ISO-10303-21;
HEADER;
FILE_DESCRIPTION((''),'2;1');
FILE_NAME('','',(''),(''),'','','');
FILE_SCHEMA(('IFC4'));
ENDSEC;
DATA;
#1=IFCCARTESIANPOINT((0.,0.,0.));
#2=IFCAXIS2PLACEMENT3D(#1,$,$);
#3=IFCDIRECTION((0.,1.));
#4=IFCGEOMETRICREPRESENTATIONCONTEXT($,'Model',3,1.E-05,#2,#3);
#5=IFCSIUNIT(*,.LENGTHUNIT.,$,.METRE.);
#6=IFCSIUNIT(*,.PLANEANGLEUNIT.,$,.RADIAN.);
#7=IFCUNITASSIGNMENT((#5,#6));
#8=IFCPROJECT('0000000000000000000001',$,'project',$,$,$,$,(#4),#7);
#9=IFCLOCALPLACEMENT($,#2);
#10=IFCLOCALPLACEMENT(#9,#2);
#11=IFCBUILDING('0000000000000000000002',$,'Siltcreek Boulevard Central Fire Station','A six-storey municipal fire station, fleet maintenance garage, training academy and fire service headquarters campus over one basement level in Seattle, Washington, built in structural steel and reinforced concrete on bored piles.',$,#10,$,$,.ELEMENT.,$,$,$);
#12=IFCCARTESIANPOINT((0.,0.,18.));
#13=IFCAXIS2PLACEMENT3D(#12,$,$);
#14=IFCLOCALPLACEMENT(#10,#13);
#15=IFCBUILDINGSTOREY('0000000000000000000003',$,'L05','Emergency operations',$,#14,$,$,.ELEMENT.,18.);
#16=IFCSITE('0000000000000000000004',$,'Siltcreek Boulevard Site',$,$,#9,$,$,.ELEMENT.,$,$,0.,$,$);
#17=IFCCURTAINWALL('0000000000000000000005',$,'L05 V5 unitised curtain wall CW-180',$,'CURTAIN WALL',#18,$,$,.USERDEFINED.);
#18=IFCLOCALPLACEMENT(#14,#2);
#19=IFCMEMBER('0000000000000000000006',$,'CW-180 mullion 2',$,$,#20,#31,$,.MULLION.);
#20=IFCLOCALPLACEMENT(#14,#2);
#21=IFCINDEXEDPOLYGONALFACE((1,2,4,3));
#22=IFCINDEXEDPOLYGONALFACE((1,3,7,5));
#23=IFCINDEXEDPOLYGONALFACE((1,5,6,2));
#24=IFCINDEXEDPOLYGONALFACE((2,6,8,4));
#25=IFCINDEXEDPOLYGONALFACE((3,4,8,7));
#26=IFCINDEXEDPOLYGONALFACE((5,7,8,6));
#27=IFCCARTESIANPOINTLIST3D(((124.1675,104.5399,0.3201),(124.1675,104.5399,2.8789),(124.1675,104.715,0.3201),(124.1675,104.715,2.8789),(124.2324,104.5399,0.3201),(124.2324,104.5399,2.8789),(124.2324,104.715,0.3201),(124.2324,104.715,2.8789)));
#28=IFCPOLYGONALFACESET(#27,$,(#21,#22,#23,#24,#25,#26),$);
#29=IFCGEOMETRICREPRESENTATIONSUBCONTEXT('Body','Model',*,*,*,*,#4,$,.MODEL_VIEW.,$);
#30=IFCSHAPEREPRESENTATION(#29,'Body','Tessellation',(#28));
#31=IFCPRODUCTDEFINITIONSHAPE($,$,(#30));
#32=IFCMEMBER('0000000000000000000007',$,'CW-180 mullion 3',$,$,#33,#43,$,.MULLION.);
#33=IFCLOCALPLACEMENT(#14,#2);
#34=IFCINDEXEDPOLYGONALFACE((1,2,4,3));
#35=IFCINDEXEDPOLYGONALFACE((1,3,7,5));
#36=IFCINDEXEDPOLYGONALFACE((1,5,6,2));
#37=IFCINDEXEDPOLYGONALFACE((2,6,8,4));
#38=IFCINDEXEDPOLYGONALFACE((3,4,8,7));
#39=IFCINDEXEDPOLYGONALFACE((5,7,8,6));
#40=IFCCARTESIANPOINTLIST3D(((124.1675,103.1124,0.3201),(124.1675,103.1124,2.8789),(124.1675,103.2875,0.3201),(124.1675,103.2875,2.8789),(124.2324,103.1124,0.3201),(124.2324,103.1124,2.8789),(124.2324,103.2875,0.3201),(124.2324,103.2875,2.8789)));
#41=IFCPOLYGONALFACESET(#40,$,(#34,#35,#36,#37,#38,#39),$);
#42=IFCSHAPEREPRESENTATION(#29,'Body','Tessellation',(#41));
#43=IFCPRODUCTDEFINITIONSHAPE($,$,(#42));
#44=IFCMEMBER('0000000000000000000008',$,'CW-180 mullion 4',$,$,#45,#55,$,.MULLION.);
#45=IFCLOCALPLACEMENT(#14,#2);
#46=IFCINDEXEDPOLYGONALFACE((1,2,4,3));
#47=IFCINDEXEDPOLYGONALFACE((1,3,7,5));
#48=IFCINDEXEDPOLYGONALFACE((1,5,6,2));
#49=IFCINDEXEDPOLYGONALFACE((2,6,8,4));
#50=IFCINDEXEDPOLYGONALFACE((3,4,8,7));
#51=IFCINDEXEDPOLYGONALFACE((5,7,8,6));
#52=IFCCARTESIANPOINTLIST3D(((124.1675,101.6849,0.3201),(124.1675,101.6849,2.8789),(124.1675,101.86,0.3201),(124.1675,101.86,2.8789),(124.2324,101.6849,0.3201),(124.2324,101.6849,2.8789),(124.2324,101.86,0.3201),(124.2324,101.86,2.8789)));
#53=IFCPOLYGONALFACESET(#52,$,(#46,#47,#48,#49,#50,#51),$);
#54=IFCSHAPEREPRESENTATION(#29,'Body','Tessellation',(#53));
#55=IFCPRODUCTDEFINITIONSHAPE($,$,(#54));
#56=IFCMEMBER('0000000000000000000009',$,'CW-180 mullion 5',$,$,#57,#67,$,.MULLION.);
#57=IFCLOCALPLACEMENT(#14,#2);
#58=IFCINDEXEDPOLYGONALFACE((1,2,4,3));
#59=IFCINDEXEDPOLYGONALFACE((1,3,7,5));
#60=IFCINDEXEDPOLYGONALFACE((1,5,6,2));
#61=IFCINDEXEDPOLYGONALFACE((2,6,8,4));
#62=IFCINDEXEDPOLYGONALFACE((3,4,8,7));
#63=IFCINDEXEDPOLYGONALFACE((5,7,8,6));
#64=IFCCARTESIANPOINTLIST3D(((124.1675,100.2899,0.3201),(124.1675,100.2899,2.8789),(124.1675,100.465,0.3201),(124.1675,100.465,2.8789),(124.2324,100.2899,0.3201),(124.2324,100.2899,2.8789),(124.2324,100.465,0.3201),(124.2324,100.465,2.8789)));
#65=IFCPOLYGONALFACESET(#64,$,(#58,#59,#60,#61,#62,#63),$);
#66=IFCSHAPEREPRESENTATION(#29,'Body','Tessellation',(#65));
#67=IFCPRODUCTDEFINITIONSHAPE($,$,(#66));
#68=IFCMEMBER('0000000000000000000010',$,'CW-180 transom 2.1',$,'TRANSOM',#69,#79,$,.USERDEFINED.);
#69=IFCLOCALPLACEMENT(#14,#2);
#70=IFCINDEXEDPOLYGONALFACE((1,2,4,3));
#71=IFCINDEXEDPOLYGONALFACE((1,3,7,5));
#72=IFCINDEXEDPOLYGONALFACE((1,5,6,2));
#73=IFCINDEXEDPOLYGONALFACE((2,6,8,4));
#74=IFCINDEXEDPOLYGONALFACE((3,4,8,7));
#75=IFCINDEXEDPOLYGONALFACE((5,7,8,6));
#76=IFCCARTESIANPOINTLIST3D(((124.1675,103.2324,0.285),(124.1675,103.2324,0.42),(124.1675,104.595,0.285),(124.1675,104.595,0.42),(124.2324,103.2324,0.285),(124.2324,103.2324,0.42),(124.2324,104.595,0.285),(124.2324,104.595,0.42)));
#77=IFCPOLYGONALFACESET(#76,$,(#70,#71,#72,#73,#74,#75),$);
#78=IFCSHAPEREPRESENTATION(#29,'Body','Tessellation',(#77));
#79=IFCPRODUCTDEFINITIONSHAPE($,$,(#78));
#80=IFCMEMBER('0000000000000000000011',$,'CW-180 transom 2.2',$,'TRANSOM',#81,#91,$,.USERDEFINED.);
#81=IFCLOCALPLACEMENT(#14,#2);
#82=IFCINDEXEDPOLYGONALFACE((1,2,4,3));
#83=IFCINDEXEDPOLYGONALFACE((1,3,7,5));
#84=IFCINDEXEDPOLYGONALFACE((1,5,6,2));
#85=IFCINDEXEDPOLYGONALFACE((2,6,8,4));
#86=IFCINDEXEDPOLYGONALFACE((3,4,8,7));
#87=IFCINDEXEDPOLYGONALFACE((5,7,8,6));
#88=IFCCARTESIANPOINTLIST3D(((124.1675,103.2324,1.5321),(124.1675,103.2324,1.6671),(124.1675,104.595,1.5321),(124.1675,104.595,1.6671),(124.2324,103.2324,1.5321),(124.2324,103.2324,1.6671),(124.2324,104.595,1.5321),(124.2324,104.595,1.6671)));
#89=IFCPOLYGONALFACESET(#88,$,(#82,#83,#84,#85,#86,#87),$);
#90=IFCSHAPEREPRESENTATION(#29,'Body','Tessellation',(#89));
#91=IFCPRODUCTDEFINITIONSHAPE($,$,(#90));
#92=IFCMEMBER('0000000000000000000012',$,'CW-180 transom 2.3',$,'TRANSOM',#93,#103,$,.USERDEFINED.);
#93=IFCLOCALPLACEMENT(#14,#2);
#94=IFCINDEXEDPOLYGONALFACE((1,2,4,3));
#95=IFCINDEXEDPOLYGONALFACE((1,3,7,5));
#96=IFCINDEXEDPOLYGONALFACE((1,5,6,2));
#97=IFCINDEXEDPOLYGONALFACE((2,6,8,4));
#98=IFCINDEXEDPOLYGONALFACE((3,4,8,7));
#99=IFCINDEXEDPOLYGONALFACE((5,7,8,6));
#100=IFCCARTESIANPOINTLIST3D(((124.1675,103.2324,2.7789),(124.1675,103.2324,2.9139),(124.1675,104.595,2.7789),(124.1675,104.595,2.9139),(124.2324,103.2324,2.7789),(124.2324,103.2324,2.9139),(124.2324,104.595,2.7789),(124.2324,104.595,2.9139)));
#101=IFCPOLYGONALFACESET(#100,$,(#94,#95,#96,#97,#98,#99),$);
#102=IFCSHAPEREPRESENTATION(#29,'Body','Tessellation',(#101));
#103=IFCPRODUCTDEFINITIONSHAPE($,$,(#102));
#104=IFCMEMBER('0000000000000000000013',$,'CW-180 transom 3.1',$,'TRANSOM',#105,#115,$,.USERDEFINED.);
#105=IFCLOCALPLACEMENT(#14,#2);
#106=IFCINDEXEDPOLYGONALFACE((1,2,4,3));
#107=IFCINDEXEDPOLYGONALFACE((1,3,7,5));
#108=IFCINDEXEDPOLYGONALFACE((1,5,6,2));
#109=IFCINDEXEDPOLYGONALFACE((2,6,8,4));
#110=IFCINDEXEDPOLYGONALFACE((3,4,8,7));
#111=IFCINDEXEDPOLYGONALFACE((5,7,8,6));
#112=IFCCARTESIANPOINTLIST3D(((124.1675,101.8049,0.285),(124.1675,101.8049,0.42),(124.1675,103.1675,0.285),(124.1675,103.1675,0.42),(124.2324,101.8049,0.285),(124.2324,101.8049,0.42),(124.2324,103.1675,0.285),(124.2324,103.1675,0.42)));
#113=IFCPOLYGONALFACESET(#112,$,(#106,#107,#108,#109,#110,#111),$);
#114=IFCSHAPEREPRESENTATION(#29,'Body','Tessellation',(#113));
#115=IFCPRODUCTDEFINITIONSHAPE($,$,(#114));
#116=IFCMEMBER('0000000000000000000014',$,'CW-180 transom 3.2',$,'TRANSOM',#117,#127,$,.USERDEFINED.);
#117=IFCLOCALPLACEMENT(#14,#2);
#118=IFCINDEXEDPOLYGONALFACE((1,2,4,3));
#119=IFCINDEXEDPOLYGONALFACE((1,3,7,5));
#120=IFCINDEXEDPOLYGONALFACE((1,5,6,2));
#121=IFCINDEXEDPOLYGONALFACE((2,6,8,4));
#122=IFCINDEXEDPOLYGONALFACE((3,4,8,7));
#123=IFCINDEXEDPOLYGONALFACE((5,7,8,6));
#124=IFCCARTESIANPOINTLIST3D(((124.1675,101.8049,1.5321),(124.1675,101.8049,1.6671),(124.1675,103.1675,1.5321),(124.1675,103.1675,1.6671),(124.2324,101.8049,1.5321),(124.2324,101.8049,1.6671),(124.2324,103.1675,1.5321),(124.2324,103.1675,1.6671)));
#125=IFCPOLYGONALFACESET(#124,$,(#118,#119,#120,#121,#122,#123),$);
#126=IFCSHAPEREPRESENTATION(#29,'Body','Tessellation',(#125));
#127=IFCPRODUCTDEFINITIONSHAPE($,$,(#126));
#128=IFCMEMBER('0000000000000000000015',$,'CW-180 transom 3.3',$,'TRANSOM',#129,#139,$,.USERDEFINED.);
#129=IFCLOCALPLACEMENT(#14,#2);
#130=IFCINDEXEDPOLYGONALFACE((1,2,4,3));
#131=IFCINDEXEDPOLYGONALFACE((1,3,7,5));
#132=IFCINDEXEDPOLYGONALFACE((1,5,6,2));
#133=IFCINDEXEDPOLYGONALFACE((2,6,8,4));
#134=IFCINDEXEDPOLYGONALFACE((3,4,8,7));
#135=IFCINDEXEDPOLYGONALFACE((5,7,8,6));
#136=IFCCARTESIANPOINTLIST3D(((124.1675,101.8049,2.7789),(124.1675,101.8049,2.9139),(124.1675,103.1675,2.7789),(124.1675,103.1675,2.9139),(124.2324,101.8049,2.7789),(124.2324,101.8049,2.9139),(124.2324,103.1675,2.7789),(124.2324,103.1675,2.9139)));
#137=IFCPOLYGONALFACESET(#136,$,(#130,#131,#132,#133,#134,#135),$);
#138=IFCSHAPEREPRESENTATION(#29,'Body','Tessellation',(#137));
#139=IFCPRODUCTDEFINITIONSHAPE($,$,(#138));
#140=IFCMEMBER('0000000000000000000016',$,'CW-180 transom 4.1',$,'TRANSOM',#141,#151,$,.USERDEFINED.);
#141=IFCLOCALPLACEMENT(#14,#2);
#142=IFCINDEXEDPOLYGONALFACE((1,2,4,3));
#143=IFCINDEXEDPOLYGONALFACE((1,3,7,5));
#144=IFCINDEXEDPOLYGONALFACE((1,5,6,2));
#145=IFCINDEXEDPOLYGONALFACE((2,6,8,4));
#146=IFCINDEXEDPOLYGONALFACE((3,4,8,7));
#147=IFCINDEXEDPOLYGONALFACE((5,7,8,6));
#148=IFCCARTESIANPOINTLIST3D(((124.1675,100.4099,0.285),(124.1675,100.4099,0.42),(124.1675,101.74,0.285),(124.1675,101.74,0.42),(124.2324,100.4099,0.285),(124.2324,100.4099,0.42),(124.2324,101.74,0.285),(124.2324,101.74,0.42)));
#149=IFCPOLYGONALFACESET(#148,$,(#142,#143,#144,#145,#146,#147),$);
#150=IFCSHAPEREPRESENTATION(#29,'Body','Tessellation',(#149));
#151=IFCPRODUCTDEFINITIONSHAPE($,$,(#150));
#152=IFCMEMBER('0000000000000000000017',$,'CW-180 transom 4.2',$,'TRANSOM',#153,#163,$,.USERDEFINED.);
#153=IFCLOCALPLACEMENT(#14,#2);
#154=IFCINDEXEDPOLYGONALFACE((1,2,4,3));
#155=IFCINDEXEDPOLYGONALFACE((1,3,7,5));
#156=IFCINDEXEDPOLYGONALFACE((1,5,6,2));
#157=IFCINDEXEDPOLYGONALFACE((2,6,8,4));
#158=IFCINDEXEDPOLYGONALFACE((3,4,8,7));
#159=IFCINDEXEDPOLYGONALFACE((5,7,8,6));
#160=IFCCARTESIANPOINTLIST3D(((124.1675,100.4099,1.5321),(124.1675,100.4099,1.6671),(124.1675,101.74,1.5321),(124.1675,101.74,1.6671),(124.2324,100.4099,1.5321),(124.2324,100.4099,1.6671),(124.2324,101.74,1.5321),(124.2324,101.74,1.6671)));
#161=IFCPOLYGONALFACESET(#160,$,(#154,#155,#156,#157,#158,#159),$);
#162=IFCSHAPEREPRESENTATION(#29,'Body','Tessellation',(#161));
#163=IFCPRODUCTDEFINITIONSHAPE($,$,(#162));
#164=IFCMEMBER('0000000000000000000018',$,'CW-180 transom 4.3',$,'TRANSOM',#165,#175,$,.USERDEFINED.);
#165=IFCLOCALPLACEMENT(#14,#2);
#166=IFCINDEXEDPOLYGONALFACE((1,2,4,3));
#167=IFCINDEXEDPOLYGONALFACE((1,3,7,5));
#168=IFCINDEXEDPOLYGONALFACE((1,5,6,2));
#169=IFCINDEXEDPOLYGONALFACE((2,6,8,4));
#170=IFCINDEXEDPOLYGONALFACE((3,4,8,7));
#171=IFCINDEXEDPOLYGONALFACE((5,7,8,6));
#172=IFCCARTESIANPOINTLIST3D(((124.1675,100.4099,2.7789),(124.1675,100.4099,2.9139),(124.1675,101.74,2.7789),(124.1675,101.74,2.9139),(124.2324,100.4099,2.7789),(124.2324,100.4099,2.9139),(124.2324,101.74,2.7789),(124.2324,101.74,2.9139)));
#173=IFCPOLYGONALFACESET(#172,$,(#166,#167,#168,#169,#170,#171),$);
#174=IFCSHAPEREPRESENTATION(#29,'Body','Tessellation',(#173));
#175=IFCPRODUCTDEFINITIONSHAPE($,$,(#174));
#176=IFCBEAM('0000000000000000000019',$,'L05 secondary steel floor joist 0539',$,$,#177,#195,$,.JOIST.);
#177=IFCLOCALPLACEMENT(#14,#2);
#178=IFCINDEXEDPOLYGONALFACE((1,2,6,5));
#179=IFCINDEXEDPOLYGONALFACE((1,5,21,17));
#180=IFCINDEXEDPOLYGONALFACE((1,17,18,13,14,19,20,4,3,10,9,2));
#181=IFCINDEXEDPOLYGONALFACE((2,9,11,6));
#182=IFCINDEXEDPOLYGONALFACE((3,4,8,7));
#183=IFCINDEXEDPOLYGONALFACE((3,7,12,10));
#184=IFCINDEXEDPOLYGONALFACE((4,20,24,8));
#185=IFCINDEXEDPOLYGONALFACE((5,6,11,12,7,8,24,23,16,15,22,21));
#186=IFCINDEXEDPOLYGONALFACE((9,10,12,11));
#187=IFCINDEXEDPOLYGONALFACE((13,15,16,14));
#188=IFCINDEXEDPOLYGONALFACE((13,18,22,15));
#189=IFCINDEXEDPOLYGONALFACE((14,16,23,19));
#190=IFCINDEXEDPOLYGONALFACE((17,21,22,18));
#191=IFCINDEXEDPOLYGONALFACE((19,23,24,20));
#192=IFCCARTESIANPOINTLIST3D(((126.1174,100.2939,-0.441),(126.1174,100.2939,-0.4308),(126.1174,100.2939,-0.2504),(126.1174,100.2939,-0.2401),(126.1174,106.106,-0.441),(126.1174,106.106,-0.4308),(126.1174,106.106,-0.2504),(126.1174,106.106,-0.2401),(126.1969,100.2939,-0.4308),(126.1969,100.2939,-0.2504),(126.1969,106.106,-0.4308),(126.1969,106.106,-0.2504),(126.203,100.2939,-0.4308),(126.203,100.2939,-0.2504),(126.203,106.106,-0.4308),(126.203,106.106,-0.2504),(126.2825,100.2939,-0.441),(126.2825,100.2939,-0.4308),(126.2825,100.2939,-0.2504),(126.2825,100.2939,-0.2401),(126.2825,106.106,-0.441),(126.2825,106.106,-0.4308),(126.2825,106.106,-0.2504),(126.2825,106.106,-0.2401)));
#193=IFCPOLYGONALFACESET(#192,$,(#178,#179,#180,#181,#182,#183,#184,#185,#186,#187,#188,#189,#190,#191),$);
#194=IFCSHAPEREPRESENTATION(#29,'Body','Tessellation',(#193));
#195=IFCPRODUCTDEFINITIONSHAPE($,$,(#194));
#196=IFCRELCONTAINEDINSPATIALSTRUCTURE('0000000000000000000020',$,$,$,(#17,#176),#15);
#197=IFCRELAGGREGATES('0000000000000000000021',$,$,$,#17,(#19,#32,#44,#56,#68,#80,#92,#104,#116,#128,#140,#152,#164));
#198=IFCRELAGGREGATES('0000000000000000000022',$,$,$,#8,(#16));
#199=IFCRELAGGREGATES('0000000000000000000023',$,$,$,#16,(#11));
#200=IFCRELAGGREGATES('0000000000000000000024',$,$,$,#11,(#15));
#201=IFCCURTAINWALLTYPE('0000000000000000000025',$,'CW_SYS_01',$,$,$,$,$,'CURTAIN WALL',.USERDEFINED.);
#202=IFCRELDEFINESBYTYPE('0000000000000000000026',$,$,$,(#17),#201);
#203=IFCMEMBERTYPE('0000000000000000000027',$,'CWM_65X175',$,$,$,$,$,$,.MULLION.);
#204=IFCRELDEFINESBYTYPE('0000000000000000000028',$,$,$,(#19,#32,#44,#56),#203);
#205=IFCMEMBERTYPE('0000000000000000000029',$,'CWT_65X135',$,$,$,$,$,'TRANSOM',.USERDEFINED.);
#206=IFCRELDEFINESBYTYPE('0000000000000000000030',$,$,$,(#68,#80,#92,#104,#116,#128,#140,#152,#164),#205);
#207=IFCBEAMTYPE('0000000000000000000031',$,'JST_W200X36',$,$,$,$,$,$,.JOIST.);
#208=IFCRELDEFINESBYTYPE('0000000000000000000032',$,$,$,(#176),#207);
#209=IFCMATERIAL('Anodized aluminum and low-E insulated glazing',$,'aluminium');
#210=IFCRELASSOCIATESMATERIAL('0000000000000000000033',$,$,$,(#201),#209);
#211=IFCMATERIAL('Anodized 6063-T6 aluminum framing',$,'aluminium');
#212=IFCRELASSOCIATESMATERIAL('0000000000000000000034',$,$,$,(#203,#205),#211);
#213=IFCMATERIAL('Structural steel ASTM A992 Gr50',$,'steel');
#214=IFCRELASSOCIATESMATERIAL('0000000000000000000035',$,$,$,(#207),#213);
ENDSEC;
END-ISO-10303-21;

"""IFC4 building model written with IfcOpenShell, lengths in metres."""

from ifc_helpers import new_model, si_unit, direction, frame, origin, origin_2d, place, context, subcontext, project, spatial, rectangle, i_section, extrude, material, material_profile, profile_set, type_object, element, aggregate, save


model = new_model("IFC4")

# Units and contexts
model_context = context("Model", 3, precision=1e-05, world=origin(), true_north=direction((0.0, 1.0)))
body_context = subcontext(model_context, "Body", "Model", "MODEL_VIEW")
ifc_project = project(units=[si_unit("LENGTHUNIT", "METRE"), si_unit("PLANEANGLEUNIT", "RADIAN")], contexts=[model_context])

# Site, building, storey
site_placement = place(None, origin())
site = spatial("IfcSite", under=ifc_project, at=site_placement, Name="Siltcreek Boulevard Site", CompositionType="ELEMENT", RefElevation=0.0)
building_placement = place(site_placement, origin())
building = spatial("IfcBuilding", under=site, at=building_placement, Name="Siltcreek Boulevard Central Fire Station", Description="A six-storey municipal fire station, fleet maintenance garage, training academy and fire service headquarters campus over one basement level in Seattle, Washington, built in structural steel and reinforced concrete on bored piles.", CompositionType="ELEMENT")
storey_placement = place(building_placement, frame((0.0, 0.0, 18.0)))
storey = spatial("IfcBuildingStorey", under=building, at=storey_placement, Name="L05", Description="Emergency operations", CompositionType="ELEMENT", Elevation=18.0)

# Curtain wall, members
ifc_material_1 = material(Name="Anodized aluminum and low-E insulated glazing", Category="aluminium")
curtain_wall_type = type_object("IfcCurtainWallType", Name="CW_SYS_01", ElementType="CURTAIN WALL", PredefinedType="USERDEFINED", material=ifc_material_1)
curtain_wall_placement = place(storey_placement, origin())
curtain_wall = element("IfcCurtainWall", 1, at=curtain_wall_placement, inside=storey, type_object=curtain_wall_type, Name="L05 V5 unitised curtain wall CW-180", ObjectType="CURTAIN WALL", PredefinedType="USERDEFINED")
ifc_material_2 = material(Name="Anodized 6063-T6 aluminum framing", Category="aluminium")
ifc_material_profile_1 = material_profile(ifc_material_2, rectangle(XDim=0.0649, YDim=0.175, at=origin_2d()), Name="MULL65X175")
ifc_profile_set_1 = profile_set([ifc_material_profile_1], Name="Anodized 6063-T6 aluminum framing")
member_type_1 = type_object("IfcMemberType", Name="CWM_65X175", PredefinedType="MULLION", material=ifc_profile_set_1)
member_1_placement = place(storey_placement, frame((124.2, 104.6274, 0.3201), z_axis=(0.0, 0.0, 1.0), x_axis=(1.0, 0.0, 0.0)))
member_1 = element("IfcMember", 2, at=member_1_placement, type_object=member_type_1, Name="CW-180 mullion 2", PredefinedType="MULLION", context=body_context, shape_type="SweptSolid", body=[
    extrude(rectangle(XDim=0.0649, YDim=0.175, at=origin_2d()), origin(), (0.0, 0.0, 1.0), 2.5588),
])
member_2_placement = place(storey_placement, frame((124.2, 103.2, 0.3201), z_axis=(0.0, 0.0, 1.0), x_axis=(1.0, 0.0, 0.0)))
member_2 = element("IfcMember", 3, at=member_2_placement, type_object=member_type_1, Name="CW-180 mullion 3", PredefinedType="MULLION", context=body_context, shape_type="SweptSolid", body=[
    extrude(rectangle(XDim=0.0649, YDim=0.175, at=origin_2d()), origin(), (0.0, 0.0, 1.0), 2.5588),
])
member_3_placement = place(storey_placement, frame((124.2, 101.7725, 0.3201), z_axis=(0.0, 0.0, 1.0), x_axis=(1.0, 0.0, 0.0)))
member_3 = element("IfcMember", 4, at=member_3_placement, type_object=member_type_1, Name="CW-180 mullion 4", PredefinedType="MULLION", context=body_context, shape_type="SweptSolid", body=[
    extrude(rectangle(XDim=0.0649, YDim=0.175, at=origin_2d()), origin(), (0.0, 0.0, 1.0), 2.5588),
])
member_4_placement = place(storey_placement, frame((124.2, 100.3774, 0.3201), z_axis=(0.0, 0.0, 1.0), x_axis=(1.0, 0.0, 0.0)))
member_4 = element("IfcMember", 5, at=member_4_placement, type_object=member_type_1, Name="CW-180 mullion 5", PredefinedType="MULLION", context=body_context, shape_type="SweptSolid", body=[
    extrude(rectangle(XDim=0.0649, YDim=0.175, at=origin_2d()), origin(), (0.0, 0.0, 1.0), 2.5588),
])
ifc_material_profile_2 = material_profile(ifc_material_2, rectangle(XDim=0.0649, YDim=0.135, at=origin_2d()), Name="TRAN65X135")
ifc_profile_set_2 = profile_set([ifc_material_profile_2], Name="Anodized 6063-T6 aluminum framing")
member_type_2 = type_object("IfcMemberType", Name="CWT_65X135", ElementType="TRANSOM", PredefinedType="USERDEFINED", material=ifc_profile_set_2)
member_5_placement = place(storey_placement, frame((124.2, 104.595, 0.3525), z_axis=(0.0, -1.0, 0.0), x_axis=(1.0, 0.0, 0.0)))
member_5 = element("IfcMember", 6, at=member_5_placement, type_object=member_type_2, Name="CW-180 transom 2.1", ObjectType="TRANSOM", PredefinedType="USERDEFINED", context=body_context, shape_type="SweptSolid", body=[
    extrude(rectangle(XDim=0.0649, YDim=0.135, at=origin_2d()), origin(), (0.0, 0.0, 1.0), 1.3625),
])
member_6_placement = place(storey_placement, frame((124.2, 104.595, 1.5996), z_axis=(0.0, -1.0, 0.0), x_axis=(1.0, 0.0, 0.0)))
member_6 = element("IfcMember", 7, at=member_6_placement, type_object=member_type_2, Name="CW-180 transom 2.2", ObjectType="TRANSOM", PredefinedType="USERDEFINED", context=body_context, shape_type="SweptSolid", body=[
    extrude(rectangle(XDim=0.0649, YDim=0.135, at=origin_2d()), origin(), (0.0, 0.0, 1.0), 1.3625),
])
member_7_placement = place(storey_placement, frame((124.2, 104.595, 2.8464), z_axis=(0.0, -1.0, 0.0), x_axis=(1.0, 0.0, 0.0)))
member_7 = element("IfcMember", 8, at=member_7_placement, type_object=member_type_2, Name="CW-180 transom 2.3", ObjectType="TRANSOM", PredefinedType="USERDEFINED", context=body_context, shape_type="SweptSolid", body=[
    extrude(rectangle(XDim=0.0649, YDim=0.135, at=origin_2d()), origin(), (0.0, 0.0, 1.0), 1.3625),
])
member_8_placement = place(storey_placement, frame((124.2, 103.1675, 0.3525), z_axis=(0.0, -1.0, 0.0), x_axis=(1.0, 0.0, 0.0)))
member_8 = element("IfcMember", 9, at=member_8_placement, type_object=member_type_2, Name="CW-180 transom 3.1", ObjectType="TRANSOM", PredefinedType="USERDEFINED", context=body_context, shape_type="SweptSolid", body=[
    extrude(rectangle(XDim=0.0649, YDim=0.135, at=origin_2d()), origin(), (0.0, 0.0, 1.0), 1.3625),
])
member_9_placement = place(storey_placement, frame((124.2, 103.1675, 1.5996), z_axis=(0.0, -1.0, 0.0), x_axis=(1.0, 0.0, 0.0)))
member_9 = element("IfcMember", 10, at=member_9_placement, type_object=member_type_2, Name="CW-180 transom 3.2", ObjectType="TRANSOM", PredefinedType="USERDEFINED", context=body_context, shape_type="SweptSolid", body=[
    extrude(rectangle(XDim=0.0649, YDim=0.135, at=origin_2d()), origin(), (0.0, 0.0, 1.0), 1.3625),
])
member_10_placement = place(storey_placement, frame((124.2, 103.1675, 2.8464), z_axis=(0.0, -1.0, 0.0), x_axis=(1.0, 0.0, 0.0)))
member_10 = element("IfcMember", 11, at=member_10_placement, type_object=member_type_2, Name="CW-180 transom 3.3", ObjectType="TRANSOM", PredefinedType="USERDEFINED", context=body_context, shape_type="SweptSolid", body=[
    extrude(rectangle(XDim=0.0649, YDim=0.135, at=origin_2d()), origin(), (0.0, 0.0, 1.0), 1.3625),
])
member_11_placement = place(storey_placement, frame((124.2, 101.74, 0.3525), z_axis=(0.0, -1.0, 0.0), x_axis=(1.0, 0.0, 0.0)))
member_11 = element("IfcMember", 12, at=member_11_placement, type_object=member_type_2, Name="CW-180 transom 4.1", ObjectType="TRANSOM", PredefinedType="USERDEFINED", context=body_context, shape_type="SweptSolid", body=[
    extrude(rectangle(XDim=0.0649, YDim=0.135, at=origin_2d()), origin(), (0.0, 0.0, 1.0), 1.3301),
])
member_12_placement = place(storey_placement, frame((124.2, 101.74, 1.5996), z_axis=(0.0, -1.0, 0.0), x_axis=(1.0, 0.0, 0.0)))
member_12 = element("IfcMember", 13, at=member_12_placement, type_object=member_type_2, Name="CW-180 transom 4.2", ObjectType="TRANSOM", PredefinedType="USERDEFINED", context=body_context, shape_type="SweptSolid", body=[
    extrude(rectangle(XDim=0.0649, YDim=0.135, at=origin_2d()), origin(), (0.0, 0.0, 1.0), 1.3301),
])
member_13_placement = place(storey_placement, frame((124.2, 101.74, 2.8464), z_axis=(0.0, -1.0, 0.0), x_axis=(1.0, 0.0, 0.0)))
member_13 = element("IfcMember", 14, at=member_13_placement, type_object=member_type_2, Name="CW-180 transom 4.3", ObjectType="TRANSOM", PredefinedType="USERDEFINED", context=body_context, shape_type="SweptSolid", body=[
    extrude(rectangle(XDim=0.0649, YDim=0.135, at=origin_2d()), origin(), (0.0, 0.0, 1.0), 1.3301),
])

# Beam
ifc_material_3 = material(Name="Structural steel ASTM A992 Gr50", Category="steel")
ifc_material_profile_3 = material_profile(ifc_material_3, i_section(OverallWidth=0.165, OverallDepth=0.2009, WebThickness=0.0061, FlangeThickness=0.0103, at=origin_2d()), Name="W200X36")
ifc_profile_set_3 = profile_set([ifc_material_profile_3], Name="Structural steel ASTM A992 Gr50")
beam_type = type_object("IfcBeamType", Name="JST_W200X36", PredefinedType="JOIST", material=ifc_profile_set_3)
beam_placement = place(storey_placement, frame((126.2, 100.2939, -0.3406), z_axis=(0.0, 1.0, 0.0), x_axis=(-1.0, 0.0, 0.0)))
element("IfcBeam", 15, at=beam_placement, inside=storey, type_object=beam_type, Name="L05 secondary steel floor joist 0539", PredefinedType="JOIST", context=body_context, shape_type="SweptSolid", body=[
    extrude(i_section(OverallWidth=0.165, OverallDepth=0.2009, WebThickness=0.0061, FlangeThickness=0.0103, at=origin_2d()), origin(), (0.0, 0.0, 1.0), 5.812),
])

aggregate(curtain_wall, [member_1, member_2, member_3, member_4, member_5, member_6, member_7, member_8, member_9, member_10, member_11, member_12, member_13])

save(model, "model.ifc")
